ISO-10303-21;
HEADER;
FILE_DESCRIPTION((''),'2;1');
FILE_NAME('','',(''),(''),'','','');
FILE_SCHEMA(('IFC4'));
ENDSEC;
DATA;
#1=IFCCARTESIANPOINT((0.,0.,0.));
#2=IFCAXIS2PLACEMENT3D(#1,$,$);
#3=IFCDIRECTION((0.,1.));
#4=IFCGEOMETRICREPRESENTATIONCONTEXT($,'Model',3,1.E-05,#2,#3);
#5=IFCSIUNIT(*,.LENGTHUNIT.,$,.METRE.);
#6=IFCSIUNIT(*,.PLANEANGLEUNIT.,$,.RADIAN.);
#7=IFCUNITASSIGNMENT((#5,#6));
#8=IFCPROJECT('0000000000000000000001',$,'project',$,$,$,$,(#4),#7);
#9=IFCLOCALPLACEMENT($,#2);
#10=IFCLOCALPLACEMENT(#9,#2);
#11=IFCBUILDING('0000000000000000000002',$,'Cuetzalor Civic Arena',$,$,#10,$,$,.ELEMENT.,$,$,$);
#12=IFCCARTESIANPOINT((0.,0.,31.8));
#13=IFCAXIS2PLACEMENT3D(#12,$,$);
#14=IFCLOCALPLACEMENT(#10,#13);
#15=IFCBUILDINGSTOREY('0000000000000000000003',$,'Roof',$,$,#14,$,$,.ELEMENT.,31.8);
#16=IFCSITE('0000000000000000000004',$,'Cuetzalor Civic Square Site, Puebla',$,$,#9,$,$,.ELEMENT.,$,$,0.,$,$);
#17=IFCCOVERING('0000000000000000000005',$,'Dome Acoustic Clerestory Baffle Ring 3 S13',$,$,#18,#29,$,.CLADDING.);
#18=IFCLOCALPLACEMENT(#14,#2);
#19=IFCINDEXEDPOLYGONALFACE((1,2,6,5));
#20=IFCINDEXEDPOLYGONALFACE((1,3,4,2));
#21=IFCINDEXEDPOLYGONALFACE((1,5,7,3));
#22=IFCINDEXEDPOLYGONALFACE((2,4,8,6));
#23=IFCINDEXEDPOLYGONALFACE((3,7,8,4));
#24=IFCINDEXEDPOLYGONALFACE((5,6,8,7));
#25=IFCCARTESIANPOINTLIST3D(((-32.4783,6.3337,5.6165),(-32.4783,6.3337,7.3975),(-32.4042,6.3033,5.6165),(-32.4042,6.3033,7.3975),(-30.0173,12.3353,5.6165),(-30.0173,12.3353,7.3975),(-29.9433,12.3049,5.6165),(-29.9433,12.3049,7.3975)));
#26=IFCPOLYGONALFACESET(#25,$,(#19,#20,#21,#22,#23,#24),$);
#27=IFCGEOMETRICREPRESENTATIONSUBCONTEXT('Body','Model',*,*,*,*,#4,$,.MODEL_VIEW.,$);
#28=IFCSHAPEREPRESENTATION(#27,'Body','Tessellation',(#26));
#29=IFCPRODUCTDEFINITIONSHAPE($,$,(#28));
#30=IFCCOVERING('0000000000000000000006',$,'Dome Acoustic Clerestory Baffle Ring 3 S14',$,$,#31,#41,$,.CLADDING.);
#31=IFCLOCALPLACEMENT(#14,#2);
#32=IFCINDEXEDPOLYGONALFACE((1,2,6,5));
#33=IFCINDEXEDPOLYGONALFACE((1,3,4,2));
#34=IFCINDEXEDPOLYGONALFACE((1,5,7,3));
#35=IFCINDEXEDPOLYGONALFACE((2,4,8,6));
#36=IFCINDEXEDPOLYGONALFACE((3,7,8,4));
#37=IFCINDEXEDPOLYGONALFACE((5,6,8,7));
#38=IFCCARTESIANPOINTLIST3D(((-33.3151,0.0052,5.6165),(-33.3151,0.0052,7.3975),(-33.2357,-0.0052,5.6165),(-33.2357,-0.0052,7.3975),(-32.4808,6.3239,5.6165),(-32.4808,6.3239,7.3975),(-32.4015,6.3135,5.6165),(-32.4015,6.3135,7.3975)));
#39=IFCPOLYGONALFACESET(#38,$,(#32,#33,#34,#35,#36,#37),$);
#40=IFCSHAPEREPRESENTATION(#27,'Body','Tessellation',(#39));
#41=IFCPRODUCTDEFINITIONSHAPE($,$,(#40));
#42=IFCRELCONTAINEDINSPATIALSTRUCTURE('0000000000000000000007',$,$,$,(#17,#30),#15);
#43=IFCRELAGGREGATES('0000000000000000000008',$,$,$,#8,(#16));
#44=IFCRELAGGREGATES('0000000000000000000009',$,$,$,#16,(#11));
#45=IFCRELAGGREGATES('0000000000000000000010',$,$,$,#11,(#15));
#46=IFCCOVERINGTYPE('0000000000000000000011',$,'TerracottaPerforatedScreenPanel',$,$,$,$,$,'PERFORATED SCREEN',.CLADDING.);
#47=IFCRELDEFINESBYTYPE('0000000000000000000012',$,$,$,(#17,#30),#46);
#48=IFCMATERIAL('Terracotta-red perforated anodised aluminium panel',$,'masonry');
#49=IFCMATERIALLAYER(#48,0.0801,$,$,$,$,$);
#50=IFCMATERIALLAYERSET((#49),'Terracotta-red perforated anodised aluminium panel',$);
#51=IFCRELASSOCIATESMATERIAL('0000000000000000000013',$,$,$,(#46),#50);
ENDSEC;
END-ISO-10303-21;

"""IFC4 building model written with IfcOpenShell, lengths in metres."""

from ifc_helpers import new_model, si_unit, direction, frame, frame_2d, origin, place, context, subcontext, project, spatial, rectangle, extrude, material, layer, layer_set, type_object, element, save


model = new_model("IFC4")

# Units and contexts
model_context = context("Model", 3, precision=1e-05, world=origin(), true_north=direction((0.0, 1.0)))
body_context = subcontext(model_context, "Body", "Model", "MODEL_VIEW")
ifc_project = project(units=[si_unit("LENGTHUNIT", "METRE"), si_unit("PLANEANGLEUNIT", "RADIAN")], contexts=[model_context])

# Site, building, storey
site_placement = place(None, origin())
site = spatial("IfcSite", under=ifc_project, at=site_placement, Name="Cuetzalor Civic Square Site, Puebla", CompositionType="ELEMENT", RefElevation=0.0)
building_placement = place(site_placement, origin())
building = spatial("IfcBuilding", under=site, at=building_placement, Name="Cuetzalor Civic Arena", CompositionType="ELEMENT")
storey_placement = place(building_placement, frame((0.0, 0.0, 31.8)))
storey = spatial("IfcBuildingStorey", under=building, at=storey_placement, Name="Roof", CompositionType="ELEMENT", Elevation=31.8)

# Coverings
ifc_material_1 = material(Name="Terracotta-red perforated anodised aluminium panel", Category="masonry")
ifc_layer_1 = layer(ifc_material_1, 0.0801)
ifc_layer_set_1 = layer_set([ifc_layer_1], Name="Terracotta-red perforated anodised aluminium panel")
covering_type = type_object("IfcCoveringType", Name="TerracottaPerforatedScreenPanel", ElementType="PERFORATED SCREEN", PredefinedType="CLADDING", material=ifc_layer_set_1)
covering_1_placement = place(storey_placement, frame((-32.4412, 6.3186, 5.6165), z_axis=(0.0, 0.0, 1.0), x_axis=(0.379385, 0.925239, 0.0)))
element("IfcCovering", 1, at=covering_1_placement, inside=storey, type_object=covering_type, Name="Dome Acoustic Clerestory Baffle Ring 3 S13", PredefinedType="CLADDING", context=body_context, shape_type="SweptSolid", body=[
    extrude(rectangle(XDim=6.4866, YDim=0.0801, at=frame_2d((3.2432, 0.0))), origin(), (0.0, 0.0, 1.0), 1.781),
])
covering_2_placement = place(storey_placement, frame((-33.2754, 0.0, 5.6165), z_axis=(0.0, 0.0, 1.0), x_axis=(0.130891, 0.991397, 0.0)))
element("IfcCovering", 2, at=covering_2_placement, inside=storey, type_object=covering_type, Name="Dome Acoustic Clerestory Baffle Ring 3 S14", PredefinedType="CLADDING", context=body_context, shape_type="SweptSolid", body=[
    extrude(rectangle(XDim=6.3735, YDim=0.0801, at=frame_2d((3.1868, 0.0))), origin(), (0.0, 0.0, 1.0), 1.781),
])

save(model, "model.ifc")
